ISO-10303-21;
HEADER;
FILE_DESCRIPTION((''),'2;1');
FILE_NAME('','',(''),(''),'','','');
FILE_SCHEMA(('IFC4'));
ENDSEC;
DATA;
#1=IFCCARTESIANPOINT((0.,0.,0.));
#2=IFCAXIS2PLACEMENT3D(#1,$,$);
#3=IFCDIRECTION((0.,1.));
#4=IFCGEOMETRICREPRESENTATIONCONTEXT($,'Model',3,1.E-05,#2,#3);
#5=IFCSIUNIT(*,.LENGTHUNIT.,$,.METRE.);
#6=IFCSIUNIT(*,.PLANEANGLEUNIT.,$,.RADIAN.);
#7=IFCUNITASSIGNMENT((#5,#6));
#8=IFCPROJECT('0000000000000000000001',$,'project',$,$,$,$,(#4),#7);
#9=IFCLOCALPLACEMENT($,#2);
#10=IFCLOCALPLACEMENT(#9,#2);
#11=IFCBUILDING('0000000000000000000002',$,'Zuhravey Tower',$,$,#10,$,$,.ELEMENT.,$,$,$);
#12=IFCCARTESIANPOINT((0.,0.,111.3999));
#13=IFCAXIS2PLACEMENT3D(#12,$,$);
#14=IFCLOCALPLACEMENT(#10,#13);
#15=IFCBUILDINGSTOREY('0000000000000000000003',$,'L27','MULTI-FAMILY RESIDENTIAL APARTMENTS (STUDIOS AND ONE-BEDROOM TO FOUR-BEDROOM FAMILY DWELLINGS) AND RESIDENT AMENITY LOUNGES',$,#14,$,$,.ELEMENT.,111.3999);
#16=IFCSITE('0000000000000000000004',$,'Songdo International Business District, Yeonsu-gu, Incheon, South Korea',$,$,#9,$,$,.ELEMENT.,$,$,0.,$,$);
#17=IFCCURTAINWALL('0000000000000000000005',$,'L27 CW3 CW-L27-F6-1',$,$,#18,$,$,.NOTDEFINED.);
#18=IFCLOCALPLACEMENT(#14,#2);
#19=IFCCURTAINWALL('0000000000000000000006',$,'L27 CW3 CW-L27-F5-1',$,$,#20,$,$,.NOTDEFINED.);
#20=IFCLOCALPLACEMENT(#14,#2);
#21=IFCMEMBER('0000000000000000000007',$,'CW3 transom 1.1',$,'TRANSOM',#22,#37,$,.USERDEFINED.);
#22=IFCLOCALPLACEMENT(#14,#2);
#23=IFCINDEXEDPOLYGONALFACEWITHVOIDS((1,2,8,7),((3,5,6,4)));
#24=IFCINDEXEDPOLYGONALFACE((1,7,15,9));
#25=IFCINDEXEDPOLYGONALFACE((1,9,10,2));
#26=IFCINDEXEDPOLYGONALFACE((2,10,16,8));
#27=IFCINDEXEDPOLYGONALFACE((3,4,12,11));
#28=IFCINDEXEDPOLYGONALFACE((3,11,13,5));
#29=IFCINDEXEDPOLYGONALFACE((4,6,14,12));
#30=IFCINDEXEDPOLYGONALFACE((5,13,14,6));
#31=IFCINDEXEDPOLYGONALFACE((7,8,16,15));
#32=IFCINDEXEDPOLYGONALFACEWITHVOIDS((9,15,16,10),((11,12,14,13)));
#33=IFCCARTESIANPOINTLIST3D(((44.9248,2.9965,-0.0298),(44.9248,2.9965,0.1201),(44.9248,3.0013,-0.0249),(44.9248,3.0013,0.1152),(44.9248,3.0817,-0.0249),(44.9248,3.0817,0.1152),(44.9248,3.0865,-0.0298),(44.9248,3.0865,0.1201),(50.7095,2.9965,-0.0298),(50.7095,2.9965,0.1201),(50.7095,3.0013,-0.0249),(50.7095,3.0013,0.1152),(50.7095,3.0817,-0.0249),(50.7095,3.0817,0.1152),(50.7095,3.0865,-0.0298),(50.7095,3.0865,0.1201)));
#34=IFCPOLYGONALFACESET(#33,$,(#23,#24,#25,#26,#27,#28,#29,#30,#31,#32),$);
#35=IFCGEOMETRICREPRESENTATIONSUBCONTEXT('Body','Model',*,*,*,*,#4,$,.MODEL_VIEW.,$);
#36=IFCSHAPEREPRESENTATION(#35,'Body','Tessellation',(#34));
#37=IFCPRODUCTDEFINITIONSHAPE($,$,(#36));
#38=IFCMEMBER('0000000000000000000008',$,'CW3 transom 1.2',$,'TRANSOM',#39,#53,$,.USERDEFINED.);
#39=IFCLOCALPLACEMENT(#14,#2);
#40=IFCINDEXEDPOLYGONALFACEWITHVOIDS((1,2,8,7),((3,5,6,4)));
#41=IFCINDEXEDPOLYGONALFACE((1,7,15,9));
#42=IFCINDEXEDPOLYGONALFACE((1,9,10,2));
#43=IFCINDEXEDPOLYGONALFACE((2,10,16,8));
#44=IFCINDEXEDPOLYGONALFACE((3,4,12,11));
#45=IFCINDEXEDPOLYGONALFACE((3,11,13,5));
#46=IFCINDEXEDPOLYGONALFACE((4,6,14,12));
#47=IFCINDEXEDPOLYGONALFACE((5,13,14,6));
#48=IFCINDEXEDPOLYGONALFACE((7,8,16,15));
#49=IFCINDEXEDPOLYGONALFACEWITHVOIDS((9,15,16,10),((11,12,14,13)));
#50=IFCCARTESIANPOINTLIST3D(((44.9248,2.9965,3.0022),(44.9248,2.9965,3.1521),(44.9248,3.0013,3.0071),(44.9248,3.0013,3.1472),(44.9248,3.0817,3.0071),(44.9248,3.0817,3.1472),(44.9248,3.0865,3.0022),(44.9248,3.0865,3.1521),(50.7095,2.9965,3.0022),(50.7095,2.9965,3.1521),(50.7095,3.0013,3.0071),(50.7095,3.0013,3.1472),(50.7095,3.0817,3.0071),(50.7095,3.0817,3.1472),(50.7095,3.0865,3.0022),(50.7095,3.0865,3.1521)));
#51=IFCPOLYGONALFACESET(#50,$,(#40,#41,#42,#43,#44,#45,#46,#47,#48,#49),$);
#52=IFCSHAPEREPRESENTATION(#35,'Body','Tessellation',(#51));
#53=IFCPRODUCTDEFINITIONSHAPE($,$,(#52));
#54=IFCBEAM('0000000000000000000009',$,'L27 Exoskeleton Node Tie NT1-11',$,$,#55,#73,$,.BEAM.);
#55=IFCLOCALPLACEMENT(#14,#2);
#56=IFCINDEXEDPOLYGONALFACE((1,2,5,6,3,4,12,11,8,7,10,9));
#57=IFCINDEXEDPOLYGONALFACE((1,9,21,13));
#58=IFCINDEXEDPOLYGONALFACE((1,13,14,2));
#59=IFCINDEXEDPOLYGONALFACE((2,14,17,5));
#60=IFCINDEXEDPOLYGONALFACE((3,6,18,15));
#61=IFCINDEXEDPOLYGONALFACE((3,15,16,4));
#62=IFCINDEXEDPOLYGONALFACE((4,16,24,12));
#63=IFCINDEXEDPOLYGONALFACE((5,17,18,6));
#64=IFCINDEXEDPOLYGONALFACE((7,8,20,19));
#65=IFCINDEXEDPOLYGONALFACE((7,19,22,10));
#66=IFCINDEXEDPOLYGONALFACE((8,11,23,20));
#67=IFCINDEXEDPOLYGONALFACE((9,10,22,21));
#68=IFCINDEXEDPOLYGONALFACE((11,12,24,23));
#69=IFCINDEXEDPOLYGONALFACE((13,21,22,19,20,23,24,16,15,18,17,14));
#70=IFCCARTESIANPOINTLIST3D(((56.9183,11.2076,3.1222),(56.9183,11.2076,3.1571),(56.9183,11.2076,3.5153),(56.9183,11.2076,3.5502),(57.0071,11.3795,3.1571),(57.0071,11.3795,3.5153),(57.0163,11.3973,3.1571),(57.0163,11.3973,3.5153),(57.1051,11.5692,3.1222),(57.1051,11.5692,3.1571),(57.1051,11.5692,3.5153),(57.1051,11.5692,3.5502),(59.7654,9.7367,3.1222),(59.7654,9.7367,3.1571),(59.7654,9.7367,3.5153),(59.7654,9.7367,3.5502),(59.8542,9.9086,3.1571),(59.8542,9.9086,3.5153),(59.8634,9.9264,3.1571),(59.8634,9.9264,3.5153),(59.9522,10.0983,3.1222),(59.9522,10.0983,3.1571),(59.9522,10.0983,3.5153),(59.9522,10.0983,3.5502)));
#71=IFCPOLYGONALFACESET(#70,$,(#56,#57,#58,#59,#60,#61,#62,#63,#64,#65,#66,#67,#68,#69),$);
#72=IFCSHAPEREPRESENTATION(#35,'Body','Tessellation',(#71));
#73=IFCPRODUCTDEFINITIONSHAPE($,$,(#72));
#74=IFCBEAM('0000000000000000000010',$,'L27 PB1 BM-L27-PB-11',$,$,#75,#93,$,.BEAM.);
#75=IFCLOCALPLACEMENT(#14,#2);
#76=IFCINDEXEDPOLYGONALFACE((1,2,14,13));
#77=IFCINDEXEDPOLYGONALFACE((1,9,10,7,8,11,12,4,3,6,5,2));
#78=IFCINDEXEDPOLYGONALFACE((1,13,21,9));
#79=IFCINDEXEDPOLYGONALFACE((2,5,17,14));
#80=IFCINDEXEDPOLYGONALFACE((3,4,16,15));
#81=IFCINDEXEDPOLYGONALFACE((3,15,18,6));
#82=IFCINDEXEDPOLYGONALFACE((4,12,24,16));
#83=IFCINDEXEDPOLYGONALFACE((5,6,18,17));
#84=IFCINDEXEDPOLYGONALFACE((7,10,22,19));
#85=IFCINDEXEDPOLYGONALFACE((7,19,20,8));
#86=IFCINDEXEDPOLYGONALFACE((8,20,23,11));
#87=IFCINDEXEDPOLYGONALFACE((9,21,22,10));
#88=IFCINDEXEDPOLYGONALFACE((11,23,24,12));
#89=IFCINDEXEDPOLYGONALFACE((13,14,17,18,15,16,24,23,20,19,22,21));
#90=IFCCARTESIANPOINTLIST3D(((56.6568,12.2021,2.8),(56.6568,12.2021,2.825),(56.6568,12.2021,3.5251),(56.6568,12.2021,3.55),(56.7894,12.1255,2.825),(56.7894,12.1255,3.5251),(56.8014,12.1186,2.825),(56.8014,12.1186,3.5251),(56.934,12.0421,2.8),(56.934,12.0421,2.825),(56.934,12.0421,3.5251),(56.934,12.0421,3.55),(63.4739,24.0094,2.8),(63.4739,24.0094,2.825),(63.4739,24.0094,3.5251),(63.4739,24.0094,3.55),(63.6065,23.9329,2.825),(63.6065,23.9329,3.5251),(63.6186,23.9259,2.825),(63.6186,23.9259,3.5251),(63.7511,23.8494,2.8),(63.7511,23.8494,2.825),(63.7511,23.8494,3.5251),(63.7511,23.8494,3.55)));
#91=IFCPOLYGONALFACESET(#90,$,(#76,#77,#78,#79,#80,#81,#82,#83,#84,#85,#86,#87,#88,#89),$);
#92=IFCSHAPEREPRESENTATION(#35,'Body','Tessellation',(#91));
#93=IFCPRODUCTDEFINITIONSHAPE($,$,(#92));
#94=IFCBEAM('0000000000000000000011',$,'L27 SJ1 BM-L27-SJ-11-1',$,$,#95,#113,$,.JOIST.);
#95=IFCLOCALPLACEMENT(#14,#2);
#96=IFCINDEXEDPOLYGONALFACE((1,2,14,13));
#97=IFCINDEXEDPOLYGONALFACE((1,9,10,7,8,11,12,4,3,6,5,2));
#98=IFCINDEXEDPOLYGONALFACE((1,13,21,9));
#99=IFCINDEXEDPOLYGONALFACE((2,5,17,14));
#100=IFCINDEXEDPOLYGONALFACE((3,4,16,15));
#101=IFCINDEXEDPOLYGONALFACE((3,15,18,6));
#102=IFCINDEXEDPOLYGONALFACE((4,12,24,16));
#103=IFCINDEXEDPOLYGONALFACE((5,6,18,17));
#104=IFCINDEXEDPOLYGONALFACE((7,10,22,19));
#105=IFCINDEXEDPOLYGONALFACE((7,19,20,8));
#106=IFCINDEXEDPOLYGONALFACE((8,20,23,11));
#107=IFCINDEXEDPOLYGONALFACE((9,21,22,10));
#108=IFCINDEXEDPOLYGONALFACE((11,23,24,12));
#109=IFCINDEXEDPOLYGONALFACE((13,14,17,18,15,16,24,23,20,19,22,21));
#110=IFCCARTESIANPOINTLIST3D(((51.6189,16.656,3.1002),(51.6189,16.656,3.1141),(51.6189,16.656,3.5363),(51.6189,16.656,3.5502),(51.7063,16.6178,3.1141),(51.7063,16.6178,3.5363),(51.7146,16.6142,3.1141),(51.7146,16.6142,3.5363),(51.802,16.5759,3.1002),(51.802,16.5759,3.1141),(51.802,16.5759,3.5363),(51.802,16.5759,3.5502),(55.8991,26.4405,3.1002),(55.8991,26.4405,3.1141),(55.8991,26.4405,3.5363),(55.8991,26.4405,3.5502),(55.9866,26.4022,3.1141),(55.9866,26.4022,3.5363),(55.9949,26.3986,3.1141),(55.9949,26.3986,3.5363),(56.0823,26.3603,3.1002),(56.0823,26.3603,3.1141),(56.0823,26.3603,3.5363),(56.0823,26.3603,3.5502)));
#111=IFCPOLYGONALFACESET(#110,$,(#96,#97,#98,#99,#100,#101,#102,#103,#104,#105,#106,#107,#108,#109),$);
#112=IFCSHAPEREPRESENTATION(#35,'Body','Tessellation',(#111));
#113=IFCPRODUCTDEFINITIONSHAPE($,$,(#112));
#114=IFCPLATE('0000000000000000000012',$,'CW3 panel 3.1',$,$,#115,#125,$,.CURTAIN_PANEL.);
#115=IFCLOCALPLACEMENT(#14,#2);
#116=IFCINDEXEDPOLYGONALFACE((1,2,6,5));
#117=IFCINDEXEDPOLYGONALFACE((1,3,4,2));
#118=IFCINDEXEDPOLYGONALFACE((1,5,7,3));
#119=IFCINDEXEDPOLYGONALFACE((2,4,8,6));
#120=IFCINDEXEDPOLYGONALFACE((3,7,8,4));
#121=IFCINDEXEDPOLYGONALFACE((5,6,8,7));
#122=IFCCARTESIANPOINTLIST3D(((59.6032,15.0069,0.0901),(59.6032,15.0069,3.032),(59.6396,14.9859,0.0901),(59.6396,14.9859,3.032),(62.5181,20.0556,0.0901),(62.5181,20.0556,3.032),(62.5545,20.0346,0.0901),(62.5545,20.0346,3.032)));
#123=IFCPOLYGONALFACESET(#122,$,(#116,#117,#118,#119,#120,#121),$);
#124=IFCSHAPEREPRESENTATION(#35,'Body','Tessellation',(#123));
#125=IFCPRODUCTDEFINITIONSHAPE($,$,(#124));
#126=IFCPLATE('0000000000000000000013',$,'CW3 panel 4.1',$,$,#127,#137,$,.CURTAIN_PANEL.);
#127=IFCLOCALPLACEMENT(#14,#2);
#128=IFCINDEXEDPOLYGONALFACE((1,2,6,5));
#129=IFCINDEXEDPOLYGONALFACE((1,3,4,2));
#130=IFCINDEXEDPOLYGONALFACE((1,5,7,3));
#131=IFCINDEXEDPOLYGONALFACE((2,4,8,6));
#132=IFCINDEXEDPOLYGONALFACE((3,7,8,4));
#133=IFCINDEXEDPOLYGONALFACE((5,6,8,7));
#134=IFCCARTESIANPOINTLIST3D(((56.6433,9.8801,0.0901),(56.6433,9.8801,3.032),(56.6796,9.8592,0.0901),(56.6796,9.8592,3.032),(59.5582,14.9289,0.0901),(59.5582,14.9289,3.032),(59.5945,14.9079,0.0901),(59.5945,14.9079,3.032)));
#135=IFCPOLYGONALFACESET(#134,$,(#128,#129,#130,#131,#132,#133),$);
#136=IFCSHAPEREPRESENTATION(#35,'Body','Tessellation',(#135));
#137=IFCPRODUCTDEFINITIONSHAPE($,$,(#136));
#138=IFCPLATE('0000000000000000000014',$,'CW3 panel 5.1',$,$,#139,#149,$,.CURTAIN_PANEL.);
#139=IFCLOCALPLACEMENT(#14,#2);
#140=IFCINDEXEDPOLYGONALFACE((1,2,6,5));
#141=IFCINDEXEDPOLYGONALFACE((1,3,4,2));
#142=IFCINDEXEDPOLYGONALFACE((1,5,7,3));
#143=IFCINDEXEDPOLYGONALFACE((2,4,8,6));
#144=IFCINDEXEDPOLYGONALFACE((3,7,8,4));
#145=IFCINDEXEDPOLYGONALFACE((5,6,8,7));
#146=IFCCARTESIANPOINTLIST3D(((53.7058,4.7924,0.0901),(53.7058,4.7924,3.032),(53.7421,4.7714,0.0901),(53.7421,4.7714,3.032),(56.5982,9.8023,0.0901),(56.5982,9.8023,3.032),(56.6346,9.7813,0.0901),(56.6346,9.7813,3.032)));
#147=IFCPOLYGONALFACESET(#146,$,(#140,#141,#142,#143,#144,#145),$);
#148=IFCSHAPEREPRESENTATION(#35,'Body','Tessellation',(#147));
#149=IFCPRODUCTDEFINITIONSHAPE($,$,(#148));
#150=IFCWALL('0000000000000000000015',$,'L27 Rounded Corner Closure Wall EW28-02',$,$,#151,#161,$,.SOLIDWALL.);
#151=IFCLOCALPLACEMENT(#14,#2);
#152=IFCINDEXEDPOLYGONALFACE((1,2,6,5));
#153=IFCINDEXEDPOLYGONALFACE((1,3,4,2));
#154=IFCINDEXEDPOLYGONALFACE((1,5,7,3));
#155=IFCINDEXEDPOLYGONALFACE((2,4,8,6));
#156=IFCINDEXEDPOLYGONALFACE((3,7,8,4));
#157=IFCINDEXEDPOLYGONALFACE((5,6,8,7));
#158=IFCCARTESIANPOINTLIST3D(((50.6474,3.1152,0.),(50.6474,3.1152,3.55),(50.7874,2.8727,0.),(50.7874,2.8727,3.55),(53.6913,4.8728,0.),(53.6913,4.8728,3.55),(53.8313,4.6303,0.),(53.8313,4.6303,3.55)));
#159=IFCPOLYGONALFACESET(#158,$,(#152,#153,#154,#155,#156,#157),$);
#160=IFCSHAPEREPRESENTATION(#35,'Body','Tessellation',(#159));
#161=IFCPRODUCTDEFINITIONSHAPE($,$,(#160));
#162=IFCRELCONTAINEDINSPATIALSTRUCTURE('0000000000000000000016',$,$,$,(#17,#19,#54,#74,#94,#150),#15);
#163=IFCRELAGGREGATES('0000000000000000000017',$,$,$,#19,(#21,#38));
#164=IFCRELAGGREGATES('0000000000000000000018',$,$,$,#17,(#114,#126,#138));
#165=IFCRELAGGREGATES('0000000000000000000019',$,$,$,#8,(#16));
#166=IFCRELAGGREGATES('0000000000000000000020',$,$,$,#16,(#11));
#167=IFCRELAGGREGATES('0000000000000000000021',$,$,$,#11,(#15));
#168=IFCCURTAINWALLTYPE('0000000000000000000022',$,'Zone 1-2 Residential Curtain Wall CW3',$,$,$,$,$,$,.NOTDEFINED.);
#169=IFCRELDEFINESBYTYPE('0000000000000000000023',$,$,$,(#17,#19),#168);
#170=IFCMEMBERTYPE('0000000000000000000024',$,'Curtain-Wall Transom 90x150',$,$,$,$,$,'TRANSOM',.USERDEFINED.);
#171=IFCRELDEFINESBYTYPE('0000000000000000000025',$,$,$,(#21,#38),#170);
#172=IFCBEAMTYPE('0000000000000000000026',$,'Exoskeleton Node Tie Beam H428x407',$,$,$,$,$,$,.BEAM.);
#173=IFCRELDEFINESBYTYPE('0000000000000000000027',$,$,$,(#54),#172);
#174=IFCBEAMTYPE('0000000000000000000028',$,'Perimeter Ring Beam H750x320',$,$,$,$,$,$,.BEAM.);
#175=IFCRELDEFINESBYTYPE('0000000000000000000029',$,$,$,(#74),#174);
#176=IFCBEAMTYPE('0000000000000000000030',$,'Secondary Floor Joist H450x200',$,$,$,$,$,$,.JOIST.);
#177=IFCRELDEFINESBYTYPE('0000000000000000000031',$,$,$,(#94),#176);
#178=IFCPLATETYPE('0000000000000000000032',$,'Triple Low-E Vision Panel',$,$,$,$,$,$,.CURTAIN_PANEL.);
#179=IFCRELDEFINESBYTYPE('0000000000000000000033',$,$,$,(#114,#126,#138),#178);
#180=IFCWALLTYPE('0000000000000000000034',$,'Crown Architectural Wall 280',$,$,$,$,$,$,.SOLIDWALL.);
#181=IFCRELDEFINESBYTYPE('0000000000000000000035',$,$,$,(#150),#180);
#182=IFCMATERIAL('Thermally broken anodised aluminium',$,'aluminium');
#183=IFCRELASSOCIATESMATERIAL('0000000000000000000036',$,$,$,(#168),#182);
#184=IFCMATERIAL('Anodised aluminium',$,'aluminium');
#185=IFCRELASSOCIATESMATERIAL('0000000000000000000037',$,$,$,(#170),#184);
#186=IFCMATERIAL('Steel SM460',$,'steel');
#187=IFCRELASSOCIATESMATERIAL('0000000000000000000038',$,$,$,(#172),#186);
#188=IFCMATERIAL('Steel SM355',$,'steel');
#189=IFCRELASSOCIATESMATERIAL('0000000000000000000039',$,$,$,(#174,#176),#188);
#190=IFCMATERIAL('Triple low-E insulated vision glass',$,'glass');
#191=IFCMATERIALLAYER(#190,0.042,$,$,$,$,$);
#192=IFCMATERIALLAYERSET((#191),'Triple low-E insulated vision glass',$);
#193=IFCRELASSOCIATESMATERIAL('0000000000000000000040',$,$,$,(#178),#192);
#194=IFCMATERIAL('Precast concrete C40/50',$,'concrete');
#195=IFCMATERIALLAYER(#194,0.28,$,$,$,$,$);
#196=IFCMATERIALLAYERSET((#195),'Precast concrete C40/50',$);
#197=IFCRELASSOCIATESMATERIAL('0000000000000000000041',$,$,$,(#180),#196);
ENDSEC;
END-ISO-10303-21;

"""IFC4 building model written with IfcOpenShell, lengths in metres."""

from ifc_helpers import new_model, si_unit, direction, frame, frame_2d, origin, origin_2d, place, context, subcontext, project, spatial, rectangle, hollow_rectangle, i_section, extrude, material, layer, layer_set, material_profile, profile_set, type_object, element, aggregate, save


model = new_model("IFC4")

# Units and contexts
model_context = context("Model", 3, precision=1e-05, world=origin(), true_north=direction((0.0, 1.0)))
body_context = subcontext(model_context, "Body", "Model", "MODEL_VIEW")
ifc_project = project(units=[si_unit("LENGTHUNIT", "METRE"), si_unit("PLANEANGLEUNIT", "RADIAN")], contexts=[model_context])

# Site, building, storey
site_placement = place(None, origin())
site = spatial("IfcSite", under=ifc_project, at=site_placement, Name="Songdo International Business District, Yeonsu-gu, Incheon, South Korea", CompositionType="ELEMENT", RefElevation=0.0)
building_placement = place(site_placement, origin())
building = spatial("IfcBuilding", under=site, at=building_placement, Name="Zuhravey Tower", CompositionType="ELEMENT")
storey_placement = place(building_placement, frame((0.0, 0.0, 111.3999)))
storey = spatial("IfcBuildingStorey", under=building, at=storey_placement, Name="L27", Description="MULTI-FAMILY RESIDENTIAL APARTMENTS (STUDIOS AND ONE-BEDROOM TO FOUR-BEDROOM FAMILY DWELLINGS) AND RESIDENT AMENITY LOUNGES", CompositionType="ELEMENT", Elevation=111.3999)

# Curtain wall
ifc_material_1 = material(Name="Thermally broken anodised aluminium", Category="aluminium")
curtain_wall_type = type_object("IfcCurtainWallType", Name="Zone 1-2 Residential Curtain Wall CW3", PredefinedType="NOTDEFINED", material=ifc_material_1)
curtain_wall_1_placement = place(storey_placement, origin())
curtain_wall_1 = element("IfcCurtainWall", 1, at=curtain_wall_1_placement, inside=storey, type_object=curtain_wall_type, Name="L27 CW3 CW-L27-F6-1", PredefinedType="NOTDEFINED")
ifc_material_2 = material(Name="Anodised aluminium", Category="aluminium")

# Curtain wall
curtain_wall_2_placement = place(storey_placement, origin())
curtain_wall_2 = element("IfcCurtainWall", 2, at=curtain_wall_2_placement, inside=storey, type_object=curtain_wall_type, Name="L27 CW3 CW-L27-F5-1", PredefinedType="NOTDEFINED")

# Members
ifc_material_profile_1 = material_profile(ifc_material_2, hollow_rectangle(XDim=0.0901, YDim=0.1499, WallThickness=0.0049, at=origin_2d()), Name="ALU-RHS-90x150x5")
ifc_profile_set_1 = profile_set([ifc_material_profile_1], Name="Anodised aluminium")
member_type_1 = type_object("IfcMemberType", Name="Curtain-Wall Transom 90x150", ElementType="TRANSOM", PredefinedType="USERDEFINED", material=ifc_profile_set_1)
member_1_placement = place(storey_placement, frame((50.7095, 3.0415, 0.0452), z_axis=(-1.0, 0.0, 0.0), x_axis=(0.0, -1.0, 0.0)))
member_1 = element("IfcMember", 3, at=member_1_placement, type_object=member_type_1, Name="CW3 transom 1.1", ObjectType="TRANSOM", PredefinedType="USERDEFINED", context=body_context, shape_type="SweptSolid", body=[
    extrude(hollow_rectangle(XDim=0.0901, YDim=0.1499, WallThickness=0.0049, at=origin_2d()), origin(), (0.0, 0.0, 1.0), 5.7847),
])
member_2_placement = place(storey_placement, frame((50.7095, 3.0415, 3.0771), z_axis=(-1.0, 0.0, 0.0), x_axis=(0.0, -1.0, 0.0)))
member_2 = element("IfcMember", 4, at=member_2_placement, type_object=member_type_1, Name="CW3 transom 1.2", ObjectType="TRANSOM", PredefinedType="USERDEFINED", context=body_context, shape_type="SweptSolid", body=[
    extrude(hollow_rectangle(XDim=0.0901, YDim=0.1499, WallThickness=0.0049, at=origin_2d()), origin(), (0.0, 0.0, 1.0), 5.7847),
])
aggregate(curtain_wall_2, [member_1, member_2])

# Beams
ifc_material_3 = material(Name="Steel SM460", Category="steel")
ifc_material_profile_2 = material_profile(ifc_material_3, i_section(OverallWidth=0.407, OverallDepth=0.428, WebThickness=0.02, FlangeThickness=0.0349, at=origin_2d()), Name="H-428x407x20x35")
ifc_profile_set_2 = profile_set([ifc_material_profile_2], Name="Steel SM460")
beam_type_1 = type_object("IfcBeamType", Name="Exoskeleton Node Tie Beam H428x407", PredefinedType="BEAM", material=ifc_profile_set_2)
beam_1_placement = place(storey_placement, frame((57.0117, 11.3884, 3.3362), z_axis=(0.888437, -0.458998, 0.0), x_axis=(0.458998, 0.888437, 0.0)))
element("IfcBeam", 5, at=beam_1_placement, inside=storey, type_object=beam_type_1, Name="L27 Exoskeleton Node Tie NT1-11", PredefinedType="BEAM", context=body_context, shape_type="SweptSolid", body=[
    extrude(i_section(OverallWidth=0.407, OverallDepth=0.428, WebThickness=0.02, FlangeThickness=0.0349, at=origin_2d()), origin(), (0.0, 0.0, 1.0), 3.2046),
])
ifc_material_4 = material(Name="Steel SM355", Category="steel")
ifc_material_profile_3 = material_profile(ifc_material_4, i_section(OverallWidth=0.3201, OverallDepth=0.75, WebThickness=0.0139, FlangeThickness=0.0249, at=origin_2d()), Name="H-750x320x14x25")
ifc_profile_set_3 = profile_set([ifc_material_profile_3], Name="Steel SM355")
beam_type_2 = type_object("IfcBeamType", Name="Perimeter Ring Beam H750x320", PredefinedType="BEAM", material=ifc_profile_set_3)
beam_2_placement = place(storey_placement, frame((56.7954, 12.1221, 3.175), z_axis=(0.500008, 0.866021, 0.0), x_axis=(-0.866021, 0.500008, 0.0)))
element("IfcBeam", 6, at=beam_2_placement, inside=storey, type_object=beam_type_2, Name="L27 PB1 BM-L27-PB-11", PredefinedType="BEAM", context=body_context, shape_type="SweptSolid", body=[
    extrude(i_section(OverallWidth=0.3201, OverallDepth=0.75, WebThickness=0.0139, FlangeThickness=0.0249, at=origin_2d()), origin(), (0.0, 0.0, 1.0), 13.634),
])
ifc_material_profile_4 = material_profile(ifc_material_4, i_section(OverallWidth=0.2, OverallDepth=0.45, WebThickness=0.009, FlangeThickness=0.0139, at=origin_2d()), Name="H-450x200x9x14")
ifc_profile_set_4 = profile_set([ifc_material_profile_4], Name="Steel SM355")
beam_type_3 = type_object("IfcBeamType", Name="Secondary Floor Joist H450x200", PredefinedType="JOIST", material=ifc_profile_set_4)
beam_3_placement = place(storey_placement, frame((51.7104, 16.616, 3.3252), z_axis=(0.400786, 0.916172, 0.0), x_axis=(-0.916172, 0.400786, 0.0)))
element("IfcBeam", 7, at=beam_3_placement, inside=storey, type_object=beam_type_3, Name="L27 SJ1 BM-L27-SJ-11-1", PredefinedType="JOIST", context=body_context, shape_type="SweptSolid", body=[
    extrude(i_section(OverallWidth=0.2, OverallDepth=0.45, WebThickness=0.009, FlangeThickness=0.0139, at=origin_2d()), origin(), (0.0, 0.0, 1.0), 10.6797),
])

# Plates
ifc_material_5 = material(Name="Triple low-E insulated vision glass", Category="glass")
ifc_layer_1 = layer(ifc_material_5, 0.042)
ifc_layer_set_1 = layer_set([ifc_layer_1], Name="Triple low-E insulated vision glass")
plate_type = type_object("IfcPlateType", Name="Triple Low-E Vision Panel", PredefinedType="CURTAIN_PANEL", material=ifc_layer_set_1)
plate_1_placement = place(storey_placement, frame((61.0789, 17.5208, 0.0901), z_axis=(0.0, 0.0, 1.0), x_axis=(-0.5, -0.866026, 0.0)))
plate_1 = element("IfcPlate", 8, at=plate_1_placement, type_object=plate_type, Name="CW3 panel 3.1", PredefinedType="CURTAIN_PANEL", context=body_context, shape_type="SweptSolid", body=[
    extrude(rectangle(XDim=5.8298, YDim=0.042, at=origin_2d()), origin(), (0.0, 0.0, 1.0), 2.9419),
])
plate_2_placement = place(storey_placement, frame((58.1189, 12.394, 0.0901), z_axis=(0.0, 0.0, 1.0), x_axis=(-0.5, -0.866026, 0.0)))
plate_2 = element("IfcPlate", 9, at=plate_2_placement, type_object=plate_type, Name="CW3 panel 4.1", PredefinedType="CURTAIN_PANEL", context=body_context, shape_type="SweptSolid", body=[
    extrude(rectangle(XDim=5.8298, YDim=0.042, at=origin_2d()), origin(), (0.0, 0.0, 1.0), 2.9419),
])
plate_3_placement = place(storey_placement, frame((55.1702, 7.2869, 0.0901), z_axis=(0.0, 0.0, 1.0), x_axis=(-0.5, -0.866026, 0.0)))
plate_3 = element("IfcPlate", 10, at=plate_3_placement, type_object=plate_type, Name="CW3 panel 5.1", PredefinedType="CURTAIN_PANEL", context=body_context, shape_type="SweptSolid", body=[
    extrude(rectangle(XDim=5.7849, YDim=0.042, at=origin_2d()), origin(), (0.0, 0.0, 1.0), 2.9419),
])
aggregate(curtain_wall_1, [plate_1, plate_2, plate_3])

# Wall
ifc_material_6 = material(Name="Precast concrete C40/50", Category="concrete")
ifc_layer_2 = layer(ifc_material_6, 0.28)
ifc_layer_set_2 = layer_set([ifc_layer_2], Name="Precast concrete C40/50")
wall_type_1 = type_object("IfcWallType", Name="Crown Architectural Wall 280", PredefinedType="SOLIDWALL", material=ifc_layer_set_2)
wall_1_placement = place(storey_placement, frame((53.7612, 4.7515, 0.0), z_axis=(0.0, 0.0, 1.0), x_axis=(-0.866007, -0.500031, 0.0)))
element("IfcWall", 11, at=wall_1_placement, inside=storey, type_object=wall_type_1, Name="L27 Rounded Corner Closure Wall EW28-02", PredefinedType="SOLIDWALL", context=body_context, shape_type="SweptSolid", body=[
    extrude(rectangle(XDim=3.5149, YDim=0.28, at=frame_2d((1.7573, 0.0))), origin(), (0.0, 0.0, 1.0), 3.55),
])

save(model, "model.ifc")
